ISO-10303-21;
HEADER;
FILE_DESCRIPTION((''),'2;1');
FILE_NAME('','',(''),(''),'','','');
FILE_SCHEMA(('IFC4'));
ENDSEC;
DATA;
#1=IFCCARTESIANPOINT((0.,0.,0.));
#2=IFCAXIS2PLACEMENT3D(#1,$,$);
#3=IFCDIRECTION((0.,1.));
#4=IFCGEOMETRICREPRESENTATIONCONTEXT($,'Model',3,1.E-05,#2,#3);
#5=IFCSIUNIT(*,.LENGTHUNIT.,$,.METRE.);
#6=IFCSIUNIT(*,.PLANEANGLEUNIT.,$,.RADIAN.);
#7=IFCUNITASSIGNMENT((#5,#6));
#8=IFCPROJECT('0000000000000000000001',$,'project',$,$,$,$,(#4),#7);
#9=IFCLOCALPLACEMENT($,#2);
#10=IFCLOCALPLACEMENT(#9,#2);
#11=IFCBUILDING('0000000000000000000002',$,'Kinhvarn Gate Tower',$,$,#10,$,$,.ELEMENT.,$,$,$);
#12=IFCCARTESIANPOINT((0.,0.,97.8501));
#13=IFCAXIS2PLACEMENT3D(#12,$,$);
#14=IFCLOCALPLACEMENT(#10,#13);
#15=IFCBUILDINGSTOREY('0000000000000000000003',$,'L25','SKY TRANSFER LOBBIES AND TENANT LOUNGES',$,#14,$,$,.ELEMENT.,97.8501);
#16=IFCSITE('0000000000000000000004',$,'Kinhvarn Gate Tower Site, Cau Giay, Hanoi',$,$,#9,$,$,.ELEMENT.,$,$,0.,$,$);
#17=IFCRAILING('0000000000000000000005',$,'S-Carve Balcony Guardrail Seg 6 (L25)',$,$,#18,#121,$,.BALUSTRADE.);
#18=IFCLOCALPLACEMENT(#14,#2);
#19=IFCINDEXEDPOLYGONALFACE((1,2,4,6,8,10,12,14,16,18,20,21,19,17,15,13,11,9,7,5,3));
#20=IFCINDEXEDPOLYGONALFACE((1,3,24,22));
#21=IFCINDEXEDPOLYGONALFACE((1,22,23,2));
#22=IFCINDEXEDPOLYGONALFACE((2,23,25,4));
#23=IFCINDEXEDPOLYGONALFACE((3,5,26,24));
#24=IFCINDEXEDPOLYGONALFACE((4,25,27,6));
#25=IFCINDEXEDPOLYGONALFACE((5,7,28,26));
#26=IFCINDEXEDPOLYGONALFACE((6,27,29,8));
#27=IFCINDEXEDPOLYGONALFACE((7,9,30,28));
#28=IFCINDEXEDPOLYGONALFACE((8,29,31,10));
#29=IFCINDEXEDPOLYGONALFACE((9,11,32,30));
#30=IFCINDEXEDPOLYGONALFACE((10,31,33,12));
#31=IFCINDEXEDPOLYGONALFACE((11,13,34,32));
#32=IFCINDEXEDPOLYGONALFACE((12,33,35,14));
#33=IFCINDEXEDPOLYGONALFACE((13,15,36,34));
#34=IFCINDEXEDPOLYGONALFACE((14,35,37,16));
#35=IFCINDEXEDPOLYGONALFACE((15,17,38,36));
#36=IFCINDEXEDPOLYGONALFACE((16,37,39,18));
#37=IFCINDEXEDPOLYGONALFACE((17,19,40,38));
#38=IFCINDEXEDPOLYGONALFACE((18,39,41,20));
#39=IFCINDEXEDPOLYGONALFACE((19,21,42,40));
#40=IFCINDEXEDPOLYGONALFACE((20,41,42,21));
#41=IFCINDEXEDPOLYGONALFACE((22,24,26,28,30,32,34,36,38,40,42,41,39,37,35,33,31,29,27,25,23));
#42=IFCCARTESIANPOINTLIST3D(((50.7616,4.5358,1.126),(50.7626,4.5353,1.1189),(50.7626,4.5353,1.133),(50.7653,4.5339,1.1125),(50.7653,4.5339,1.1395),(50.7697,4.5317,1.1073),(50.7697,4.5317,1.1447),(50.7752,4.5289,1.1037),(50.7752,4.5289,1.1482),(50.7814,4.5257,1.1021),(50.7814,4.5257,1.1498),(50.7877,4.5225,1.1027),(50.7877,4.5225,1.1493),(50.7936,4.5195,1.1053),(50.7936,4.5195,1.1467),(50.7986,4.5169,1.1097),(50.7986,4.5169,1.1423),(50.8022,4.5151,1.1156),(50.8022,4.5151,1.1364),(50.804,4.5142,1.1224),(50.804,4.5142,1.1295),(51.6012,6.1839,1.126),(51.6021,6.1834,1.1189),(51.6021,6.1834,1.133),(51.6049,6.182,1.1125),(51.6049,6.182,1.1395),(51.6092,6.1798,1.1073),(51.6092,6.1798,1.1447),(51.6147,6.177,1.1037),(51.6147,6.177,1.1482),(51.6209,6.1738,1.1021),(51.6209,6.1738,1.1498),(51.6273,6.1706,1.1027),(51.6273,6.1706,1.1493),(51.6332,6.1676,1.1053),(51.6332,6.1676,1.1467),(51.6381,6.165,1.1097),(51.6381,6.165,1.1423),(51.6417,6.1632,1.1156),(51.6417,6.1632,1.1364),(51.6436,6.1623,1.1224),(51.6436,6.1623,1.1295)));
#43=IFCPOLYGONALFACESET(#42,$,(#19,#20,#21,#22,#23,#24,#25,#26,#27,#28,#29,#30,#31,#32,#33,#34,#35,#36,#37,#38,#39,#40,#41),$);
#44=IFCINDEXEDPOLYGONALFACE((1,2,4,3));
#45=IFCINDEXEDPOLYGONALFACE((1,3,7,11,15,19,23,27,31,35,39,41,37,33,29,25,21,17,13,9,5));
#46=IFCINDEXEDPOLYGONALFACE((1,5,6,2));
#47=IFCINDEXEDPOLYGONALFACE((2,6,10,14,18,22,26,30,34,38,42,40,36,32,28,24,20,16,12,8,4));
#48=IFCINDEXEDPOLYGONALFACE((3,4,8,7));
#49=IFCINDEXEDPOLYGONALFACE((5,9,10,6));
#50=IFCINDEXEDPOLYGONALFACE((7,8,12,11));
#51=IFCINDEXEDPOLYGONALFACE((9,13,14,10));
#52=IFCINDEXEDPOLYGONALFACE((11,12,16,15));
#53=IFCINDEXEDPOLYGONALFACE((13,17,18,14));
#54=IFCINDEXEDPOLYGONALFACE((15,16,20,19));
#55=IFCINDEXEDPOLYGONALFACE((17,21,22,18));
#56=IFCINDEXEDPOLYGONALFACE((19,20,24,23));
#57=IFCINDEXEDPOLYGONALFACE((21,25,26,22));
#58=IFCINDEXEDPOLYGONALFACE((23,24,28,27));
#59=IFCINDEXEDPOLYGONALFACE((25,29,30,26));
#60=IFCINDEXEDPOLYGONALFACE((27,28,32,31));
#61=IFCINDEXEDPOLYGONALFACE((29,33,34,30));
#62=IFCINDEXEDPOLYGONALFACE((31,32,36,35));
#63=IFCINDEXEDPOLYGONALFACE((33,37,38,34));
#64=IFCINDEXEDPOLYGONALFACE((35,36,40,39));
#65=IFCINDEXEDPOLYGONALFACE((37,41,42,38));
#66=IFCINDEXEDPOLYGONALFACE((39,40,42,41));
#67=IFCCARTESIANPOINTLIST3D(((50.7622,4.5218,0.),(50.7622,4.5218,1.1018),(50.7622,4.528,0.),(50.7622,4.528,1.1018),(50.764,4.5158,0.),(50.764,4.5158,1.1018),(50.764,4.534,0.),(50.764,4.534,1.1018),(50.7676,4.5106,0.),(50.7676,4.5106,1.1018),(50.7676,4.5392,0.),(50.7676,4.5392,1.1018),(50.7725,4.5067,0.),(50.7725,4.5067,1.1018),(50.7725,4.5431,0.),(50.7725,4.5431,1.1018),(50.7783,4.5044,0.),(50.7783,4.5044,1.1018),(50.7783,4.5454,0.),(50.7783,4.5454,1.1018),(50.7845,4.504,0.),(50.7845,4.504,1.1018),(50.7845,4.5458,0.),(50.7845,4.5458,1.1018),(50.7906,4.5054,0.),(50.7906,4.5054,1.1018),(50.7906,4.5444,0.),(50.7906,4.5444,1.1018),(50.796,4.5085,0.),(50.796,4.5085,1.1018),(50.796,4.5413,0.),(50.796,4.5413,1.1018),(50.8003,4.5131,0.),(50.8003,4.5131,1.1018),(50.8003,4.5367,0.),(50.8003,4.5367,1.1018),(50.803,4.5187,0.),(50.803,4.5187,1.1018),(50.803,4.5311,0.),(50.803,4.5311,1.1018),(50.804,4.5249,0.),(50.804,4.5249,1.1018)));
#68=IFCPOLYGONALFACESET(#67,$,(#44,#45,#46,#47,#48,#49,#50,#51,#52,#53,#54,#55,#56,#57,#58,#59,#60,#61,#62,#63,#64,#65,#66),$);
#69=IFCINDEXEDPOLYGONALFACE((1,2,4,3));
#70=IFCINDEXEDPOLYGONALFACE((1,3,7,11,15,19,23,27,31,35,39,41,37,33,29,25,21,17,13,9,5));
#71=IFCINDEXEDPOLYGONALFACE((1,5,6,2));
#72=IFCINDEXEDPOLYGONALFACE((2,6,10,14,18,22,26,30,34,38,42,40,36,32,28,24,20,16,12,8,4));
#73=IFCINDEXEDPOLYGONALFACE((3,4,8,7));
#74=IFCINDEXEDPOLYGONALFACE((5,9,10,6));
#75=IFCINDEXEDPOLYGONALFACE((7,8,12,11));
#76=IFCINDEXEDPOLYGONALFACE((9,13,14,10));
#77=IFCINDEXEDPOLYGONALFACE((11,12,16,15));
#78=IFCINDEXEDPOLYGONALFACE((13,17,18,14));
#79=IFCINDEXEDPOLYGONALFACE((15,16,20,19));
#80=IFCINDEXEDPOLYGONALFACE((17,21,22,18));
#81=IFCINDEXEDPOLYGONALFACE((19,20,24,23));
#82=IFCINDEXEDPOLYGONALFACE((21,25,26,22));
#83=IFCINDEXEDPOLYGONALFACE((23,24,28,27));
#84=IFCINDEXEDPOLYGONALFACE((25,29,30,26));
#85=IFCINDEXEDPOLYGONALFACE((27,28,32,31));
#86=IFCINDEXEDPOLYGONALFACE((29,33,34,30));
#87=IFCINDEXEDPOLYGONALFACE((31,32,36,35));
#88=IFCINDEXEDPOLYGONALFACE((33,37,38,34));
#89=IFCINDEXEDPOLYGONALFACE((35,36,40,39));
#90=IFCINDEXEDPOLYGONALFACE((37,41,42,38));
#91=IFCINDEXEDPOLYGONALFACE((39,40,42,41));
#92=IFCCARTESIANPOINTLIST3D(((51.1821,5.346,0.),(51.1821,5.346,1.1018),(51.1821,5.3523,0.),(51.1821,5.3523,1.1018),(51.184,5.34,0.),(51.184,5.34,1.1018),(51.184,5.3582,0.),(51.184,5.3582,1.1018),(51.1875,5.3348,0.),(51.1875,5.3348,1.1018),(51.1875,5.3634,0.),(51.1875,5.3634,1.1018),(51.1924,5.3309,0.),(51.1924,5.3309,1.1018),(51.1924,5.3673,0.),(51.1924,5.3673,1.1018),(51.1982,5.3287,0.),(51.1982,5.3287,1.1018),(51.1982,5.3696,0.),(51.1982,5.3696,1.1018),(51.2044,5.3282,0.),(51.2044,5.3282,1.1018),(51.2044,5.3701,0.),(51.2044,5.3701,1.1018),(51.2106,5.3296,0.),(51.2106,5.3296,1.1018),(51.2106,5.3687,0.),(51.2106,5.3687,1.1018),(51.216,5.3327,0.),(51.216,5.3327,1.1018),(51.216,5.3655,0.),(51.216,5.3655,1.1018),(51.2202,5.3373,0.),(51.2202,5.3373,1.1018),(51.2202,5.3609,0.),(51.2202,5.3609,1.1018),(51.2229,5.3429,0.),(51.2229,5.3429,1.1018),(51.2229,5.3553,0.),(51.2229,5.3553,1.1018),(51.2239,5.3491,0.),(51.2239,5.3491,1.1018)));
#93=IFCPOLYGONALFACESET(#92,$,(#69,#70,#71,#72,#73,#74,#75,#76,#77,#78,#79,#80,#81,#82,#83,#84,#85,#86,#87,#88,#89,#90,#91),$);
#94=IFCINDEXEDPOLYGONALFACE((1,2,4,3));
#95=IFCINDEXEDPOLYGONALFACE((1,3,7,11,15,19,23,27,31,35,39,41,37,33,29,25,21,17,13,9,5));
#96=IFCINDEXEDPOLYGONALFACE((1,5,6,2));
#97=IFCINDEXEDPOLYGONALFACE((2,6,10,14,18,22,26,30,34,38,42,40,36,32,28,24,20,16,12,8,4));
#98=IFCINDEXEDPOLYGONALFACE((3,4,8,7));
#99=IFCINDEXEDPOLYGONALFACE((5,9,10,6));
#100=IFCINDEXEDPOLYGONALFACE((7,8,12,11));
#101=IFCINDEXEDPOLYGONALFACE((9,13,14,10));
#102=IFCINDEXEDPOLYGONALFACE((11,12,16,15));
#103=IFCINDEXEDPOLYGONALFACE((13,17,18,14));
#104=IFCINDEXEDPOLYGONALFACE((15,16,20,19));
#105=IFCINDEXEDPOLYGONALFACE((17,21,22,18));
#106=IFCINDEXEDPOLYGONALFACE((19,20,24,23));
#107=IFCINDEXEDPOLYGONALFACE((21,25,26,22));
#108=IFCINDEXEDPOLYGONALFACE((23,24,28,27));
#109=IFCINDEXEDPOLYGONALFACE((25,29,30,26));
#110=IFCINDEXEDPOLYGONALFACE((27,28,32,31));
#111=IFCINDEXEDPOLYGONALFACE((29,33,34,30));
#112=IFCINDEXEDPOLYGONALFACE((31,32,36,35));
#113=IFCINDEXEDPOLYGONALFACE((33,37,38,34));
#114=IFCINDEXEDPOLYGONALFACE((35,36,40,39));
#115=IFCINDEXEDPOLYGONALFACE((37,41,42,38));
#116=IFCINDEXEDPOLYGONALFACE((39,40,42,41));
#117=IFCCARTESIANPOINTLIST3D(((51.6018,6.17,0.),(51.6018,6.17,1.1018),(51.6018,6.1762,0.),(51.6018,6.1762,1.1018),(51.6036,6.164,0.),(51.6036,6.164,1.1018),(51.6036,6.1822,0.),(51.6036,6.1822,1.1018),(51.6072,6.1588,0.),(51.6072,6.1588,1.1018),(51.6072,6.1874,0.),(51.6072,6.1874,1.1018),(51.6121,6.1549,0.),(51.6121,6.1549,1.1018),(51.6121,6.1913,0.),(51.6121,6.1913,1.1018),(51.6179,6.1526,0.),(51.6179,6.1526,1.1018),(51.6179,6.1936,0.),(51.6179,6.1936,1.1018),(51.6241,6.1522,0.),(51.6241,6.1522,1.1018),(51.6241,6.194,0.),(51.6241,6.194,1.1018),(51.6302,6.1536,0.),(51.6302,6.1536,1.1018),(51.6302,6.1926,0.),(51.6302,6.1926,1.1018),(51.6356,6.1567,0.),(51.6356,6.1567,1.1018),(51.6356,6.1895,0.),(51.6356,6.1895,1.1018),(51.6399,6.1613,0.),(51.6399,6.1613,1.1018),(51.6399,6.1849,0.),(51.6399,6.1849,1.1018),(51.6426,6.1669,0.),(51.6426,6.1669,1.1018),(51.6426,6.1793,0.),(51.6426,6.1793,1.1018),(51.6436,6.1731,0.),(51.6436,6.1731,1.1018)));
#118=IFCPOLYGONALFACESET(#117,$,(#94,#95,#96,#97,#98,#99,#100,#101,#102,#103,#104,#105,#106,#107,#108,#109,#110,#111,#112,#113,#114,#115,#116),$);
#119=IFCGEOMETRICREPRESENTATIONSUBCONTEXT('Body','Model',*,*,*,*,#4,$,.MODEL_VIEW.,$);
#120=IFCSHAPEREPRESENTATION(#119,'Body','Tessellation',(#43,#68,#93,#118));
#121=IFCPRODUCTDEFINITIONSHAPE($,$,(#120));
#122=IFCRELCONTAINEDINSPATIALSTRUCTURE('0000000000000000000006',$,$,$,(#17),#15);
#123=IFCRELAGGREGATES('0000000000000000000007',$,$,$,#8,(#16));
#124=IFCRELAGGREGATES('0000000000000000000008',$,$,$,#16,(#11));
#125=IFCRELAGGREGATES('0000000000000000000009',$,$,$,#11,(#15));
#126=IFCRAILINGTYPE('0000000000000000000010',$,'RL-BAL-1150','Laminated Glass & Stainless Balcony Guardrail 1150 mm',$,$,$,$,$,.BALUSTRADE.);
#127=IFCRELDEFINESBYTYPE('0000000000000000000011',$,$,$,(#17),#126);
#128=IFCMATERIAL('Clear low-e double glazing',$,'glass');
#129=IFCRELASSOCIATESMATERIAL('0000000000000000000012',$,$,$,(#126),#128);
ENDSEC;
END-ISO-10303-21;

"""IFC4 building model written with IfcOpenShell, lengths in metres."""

from ifc_helpers import new_model, si_unit, direction, frame, origin, origin_2d, place, context, subcontext, project, spatial, circle, extrude, material, type_object, element, save


model = new_model("IFC4")

# Units and contexts
model_context = context("Model", 3, precision=1e-05, world=origin(), true_north=direction((0.0, 1.0)))
body_context = subcontext(model_context, "Body", "Model", "MODEL_VIEW")
ifc_project = project(units=[si_unit("LENGTHUNIT", "METRE"), si_unit("PLANEANGLEUNIT", "RADIAN")], contexts=[model_context])

# Site, building, storey
site_placement = place(None, origin())
site = spatial("IfcSite", under=ifc_project, at=site_placement, Name="Kinhvarn Gate Tower Site, Cau Giay, Hanoi", CompositionType="ELEMENT", RefElevation=0.0)
building_placement = place(site_placement, origin())
building = spatial("IfcBuilding", under=site, at=building_placement, Name="Kinhvarn Gate Tower", CompositionType="ELEMENT")
storey_placement = place(building_placement, frame((0.0, 0.0, 97.8501)))
storey = spatial("IfcBuildingStorey", under=building, at=storey_placement, Name="L25", Description="SKY TRANSFER LOBBIES AND TENANT LOUNGES", CompositionType="ELEMENT", Elevation=97.8501)

# Shared definitions
ifc_material_1 = material(Name="Clear low-e double glazing", Category="glass")

# Railing
railing_type = type_object("IfcRailingType", Name="RL-BAL-1150", Description="Laminated Glass & Stainless Balcony Guardrail 1150 mm", PredefinedType="BALUSTRADE", material=ifc_material_1)
railing_1_placement = place(storey_placement, frame((50.783, 4.5249, 0.0)))
element("IfcRailing", 1, at=railing_1_placement, inside=storey, type_object=railing_type, Name="S-Carve Balcony Guardrail Seg 6 (L25)", PredefinedType="BALUSTRADE", context=body_context, shape_type="SweptSolid", body=[
    extrude(circle(Radius=0.0239, at=origin_2d()), frame((0.0, 0.0, 1.126), z_axis=(0.453906, 0.89105, 0.0), x_axis=(-0.89105, 0.453906, 0.0)), (0.0, 0.0, 1.0), 1.8496),
    extrude(circle(Radius=0.021, at=origin_2d()), origin(), (0.0, 0.0, 1.0), 1.1018),
    extrude(circle(Radius=0.021, at=origin_2d()), frame((0.4199, 0.8242, 0.0)), (0.0, 0.0, 1.0), 1.1018),
    extrude(circle(Radius=0.021, at=origin_2d()), frame((0.8396, 1.6482, 0.0)), (0.0, 0.0, 1.0), 1.1018),
])

save(model, "model.ifc")
